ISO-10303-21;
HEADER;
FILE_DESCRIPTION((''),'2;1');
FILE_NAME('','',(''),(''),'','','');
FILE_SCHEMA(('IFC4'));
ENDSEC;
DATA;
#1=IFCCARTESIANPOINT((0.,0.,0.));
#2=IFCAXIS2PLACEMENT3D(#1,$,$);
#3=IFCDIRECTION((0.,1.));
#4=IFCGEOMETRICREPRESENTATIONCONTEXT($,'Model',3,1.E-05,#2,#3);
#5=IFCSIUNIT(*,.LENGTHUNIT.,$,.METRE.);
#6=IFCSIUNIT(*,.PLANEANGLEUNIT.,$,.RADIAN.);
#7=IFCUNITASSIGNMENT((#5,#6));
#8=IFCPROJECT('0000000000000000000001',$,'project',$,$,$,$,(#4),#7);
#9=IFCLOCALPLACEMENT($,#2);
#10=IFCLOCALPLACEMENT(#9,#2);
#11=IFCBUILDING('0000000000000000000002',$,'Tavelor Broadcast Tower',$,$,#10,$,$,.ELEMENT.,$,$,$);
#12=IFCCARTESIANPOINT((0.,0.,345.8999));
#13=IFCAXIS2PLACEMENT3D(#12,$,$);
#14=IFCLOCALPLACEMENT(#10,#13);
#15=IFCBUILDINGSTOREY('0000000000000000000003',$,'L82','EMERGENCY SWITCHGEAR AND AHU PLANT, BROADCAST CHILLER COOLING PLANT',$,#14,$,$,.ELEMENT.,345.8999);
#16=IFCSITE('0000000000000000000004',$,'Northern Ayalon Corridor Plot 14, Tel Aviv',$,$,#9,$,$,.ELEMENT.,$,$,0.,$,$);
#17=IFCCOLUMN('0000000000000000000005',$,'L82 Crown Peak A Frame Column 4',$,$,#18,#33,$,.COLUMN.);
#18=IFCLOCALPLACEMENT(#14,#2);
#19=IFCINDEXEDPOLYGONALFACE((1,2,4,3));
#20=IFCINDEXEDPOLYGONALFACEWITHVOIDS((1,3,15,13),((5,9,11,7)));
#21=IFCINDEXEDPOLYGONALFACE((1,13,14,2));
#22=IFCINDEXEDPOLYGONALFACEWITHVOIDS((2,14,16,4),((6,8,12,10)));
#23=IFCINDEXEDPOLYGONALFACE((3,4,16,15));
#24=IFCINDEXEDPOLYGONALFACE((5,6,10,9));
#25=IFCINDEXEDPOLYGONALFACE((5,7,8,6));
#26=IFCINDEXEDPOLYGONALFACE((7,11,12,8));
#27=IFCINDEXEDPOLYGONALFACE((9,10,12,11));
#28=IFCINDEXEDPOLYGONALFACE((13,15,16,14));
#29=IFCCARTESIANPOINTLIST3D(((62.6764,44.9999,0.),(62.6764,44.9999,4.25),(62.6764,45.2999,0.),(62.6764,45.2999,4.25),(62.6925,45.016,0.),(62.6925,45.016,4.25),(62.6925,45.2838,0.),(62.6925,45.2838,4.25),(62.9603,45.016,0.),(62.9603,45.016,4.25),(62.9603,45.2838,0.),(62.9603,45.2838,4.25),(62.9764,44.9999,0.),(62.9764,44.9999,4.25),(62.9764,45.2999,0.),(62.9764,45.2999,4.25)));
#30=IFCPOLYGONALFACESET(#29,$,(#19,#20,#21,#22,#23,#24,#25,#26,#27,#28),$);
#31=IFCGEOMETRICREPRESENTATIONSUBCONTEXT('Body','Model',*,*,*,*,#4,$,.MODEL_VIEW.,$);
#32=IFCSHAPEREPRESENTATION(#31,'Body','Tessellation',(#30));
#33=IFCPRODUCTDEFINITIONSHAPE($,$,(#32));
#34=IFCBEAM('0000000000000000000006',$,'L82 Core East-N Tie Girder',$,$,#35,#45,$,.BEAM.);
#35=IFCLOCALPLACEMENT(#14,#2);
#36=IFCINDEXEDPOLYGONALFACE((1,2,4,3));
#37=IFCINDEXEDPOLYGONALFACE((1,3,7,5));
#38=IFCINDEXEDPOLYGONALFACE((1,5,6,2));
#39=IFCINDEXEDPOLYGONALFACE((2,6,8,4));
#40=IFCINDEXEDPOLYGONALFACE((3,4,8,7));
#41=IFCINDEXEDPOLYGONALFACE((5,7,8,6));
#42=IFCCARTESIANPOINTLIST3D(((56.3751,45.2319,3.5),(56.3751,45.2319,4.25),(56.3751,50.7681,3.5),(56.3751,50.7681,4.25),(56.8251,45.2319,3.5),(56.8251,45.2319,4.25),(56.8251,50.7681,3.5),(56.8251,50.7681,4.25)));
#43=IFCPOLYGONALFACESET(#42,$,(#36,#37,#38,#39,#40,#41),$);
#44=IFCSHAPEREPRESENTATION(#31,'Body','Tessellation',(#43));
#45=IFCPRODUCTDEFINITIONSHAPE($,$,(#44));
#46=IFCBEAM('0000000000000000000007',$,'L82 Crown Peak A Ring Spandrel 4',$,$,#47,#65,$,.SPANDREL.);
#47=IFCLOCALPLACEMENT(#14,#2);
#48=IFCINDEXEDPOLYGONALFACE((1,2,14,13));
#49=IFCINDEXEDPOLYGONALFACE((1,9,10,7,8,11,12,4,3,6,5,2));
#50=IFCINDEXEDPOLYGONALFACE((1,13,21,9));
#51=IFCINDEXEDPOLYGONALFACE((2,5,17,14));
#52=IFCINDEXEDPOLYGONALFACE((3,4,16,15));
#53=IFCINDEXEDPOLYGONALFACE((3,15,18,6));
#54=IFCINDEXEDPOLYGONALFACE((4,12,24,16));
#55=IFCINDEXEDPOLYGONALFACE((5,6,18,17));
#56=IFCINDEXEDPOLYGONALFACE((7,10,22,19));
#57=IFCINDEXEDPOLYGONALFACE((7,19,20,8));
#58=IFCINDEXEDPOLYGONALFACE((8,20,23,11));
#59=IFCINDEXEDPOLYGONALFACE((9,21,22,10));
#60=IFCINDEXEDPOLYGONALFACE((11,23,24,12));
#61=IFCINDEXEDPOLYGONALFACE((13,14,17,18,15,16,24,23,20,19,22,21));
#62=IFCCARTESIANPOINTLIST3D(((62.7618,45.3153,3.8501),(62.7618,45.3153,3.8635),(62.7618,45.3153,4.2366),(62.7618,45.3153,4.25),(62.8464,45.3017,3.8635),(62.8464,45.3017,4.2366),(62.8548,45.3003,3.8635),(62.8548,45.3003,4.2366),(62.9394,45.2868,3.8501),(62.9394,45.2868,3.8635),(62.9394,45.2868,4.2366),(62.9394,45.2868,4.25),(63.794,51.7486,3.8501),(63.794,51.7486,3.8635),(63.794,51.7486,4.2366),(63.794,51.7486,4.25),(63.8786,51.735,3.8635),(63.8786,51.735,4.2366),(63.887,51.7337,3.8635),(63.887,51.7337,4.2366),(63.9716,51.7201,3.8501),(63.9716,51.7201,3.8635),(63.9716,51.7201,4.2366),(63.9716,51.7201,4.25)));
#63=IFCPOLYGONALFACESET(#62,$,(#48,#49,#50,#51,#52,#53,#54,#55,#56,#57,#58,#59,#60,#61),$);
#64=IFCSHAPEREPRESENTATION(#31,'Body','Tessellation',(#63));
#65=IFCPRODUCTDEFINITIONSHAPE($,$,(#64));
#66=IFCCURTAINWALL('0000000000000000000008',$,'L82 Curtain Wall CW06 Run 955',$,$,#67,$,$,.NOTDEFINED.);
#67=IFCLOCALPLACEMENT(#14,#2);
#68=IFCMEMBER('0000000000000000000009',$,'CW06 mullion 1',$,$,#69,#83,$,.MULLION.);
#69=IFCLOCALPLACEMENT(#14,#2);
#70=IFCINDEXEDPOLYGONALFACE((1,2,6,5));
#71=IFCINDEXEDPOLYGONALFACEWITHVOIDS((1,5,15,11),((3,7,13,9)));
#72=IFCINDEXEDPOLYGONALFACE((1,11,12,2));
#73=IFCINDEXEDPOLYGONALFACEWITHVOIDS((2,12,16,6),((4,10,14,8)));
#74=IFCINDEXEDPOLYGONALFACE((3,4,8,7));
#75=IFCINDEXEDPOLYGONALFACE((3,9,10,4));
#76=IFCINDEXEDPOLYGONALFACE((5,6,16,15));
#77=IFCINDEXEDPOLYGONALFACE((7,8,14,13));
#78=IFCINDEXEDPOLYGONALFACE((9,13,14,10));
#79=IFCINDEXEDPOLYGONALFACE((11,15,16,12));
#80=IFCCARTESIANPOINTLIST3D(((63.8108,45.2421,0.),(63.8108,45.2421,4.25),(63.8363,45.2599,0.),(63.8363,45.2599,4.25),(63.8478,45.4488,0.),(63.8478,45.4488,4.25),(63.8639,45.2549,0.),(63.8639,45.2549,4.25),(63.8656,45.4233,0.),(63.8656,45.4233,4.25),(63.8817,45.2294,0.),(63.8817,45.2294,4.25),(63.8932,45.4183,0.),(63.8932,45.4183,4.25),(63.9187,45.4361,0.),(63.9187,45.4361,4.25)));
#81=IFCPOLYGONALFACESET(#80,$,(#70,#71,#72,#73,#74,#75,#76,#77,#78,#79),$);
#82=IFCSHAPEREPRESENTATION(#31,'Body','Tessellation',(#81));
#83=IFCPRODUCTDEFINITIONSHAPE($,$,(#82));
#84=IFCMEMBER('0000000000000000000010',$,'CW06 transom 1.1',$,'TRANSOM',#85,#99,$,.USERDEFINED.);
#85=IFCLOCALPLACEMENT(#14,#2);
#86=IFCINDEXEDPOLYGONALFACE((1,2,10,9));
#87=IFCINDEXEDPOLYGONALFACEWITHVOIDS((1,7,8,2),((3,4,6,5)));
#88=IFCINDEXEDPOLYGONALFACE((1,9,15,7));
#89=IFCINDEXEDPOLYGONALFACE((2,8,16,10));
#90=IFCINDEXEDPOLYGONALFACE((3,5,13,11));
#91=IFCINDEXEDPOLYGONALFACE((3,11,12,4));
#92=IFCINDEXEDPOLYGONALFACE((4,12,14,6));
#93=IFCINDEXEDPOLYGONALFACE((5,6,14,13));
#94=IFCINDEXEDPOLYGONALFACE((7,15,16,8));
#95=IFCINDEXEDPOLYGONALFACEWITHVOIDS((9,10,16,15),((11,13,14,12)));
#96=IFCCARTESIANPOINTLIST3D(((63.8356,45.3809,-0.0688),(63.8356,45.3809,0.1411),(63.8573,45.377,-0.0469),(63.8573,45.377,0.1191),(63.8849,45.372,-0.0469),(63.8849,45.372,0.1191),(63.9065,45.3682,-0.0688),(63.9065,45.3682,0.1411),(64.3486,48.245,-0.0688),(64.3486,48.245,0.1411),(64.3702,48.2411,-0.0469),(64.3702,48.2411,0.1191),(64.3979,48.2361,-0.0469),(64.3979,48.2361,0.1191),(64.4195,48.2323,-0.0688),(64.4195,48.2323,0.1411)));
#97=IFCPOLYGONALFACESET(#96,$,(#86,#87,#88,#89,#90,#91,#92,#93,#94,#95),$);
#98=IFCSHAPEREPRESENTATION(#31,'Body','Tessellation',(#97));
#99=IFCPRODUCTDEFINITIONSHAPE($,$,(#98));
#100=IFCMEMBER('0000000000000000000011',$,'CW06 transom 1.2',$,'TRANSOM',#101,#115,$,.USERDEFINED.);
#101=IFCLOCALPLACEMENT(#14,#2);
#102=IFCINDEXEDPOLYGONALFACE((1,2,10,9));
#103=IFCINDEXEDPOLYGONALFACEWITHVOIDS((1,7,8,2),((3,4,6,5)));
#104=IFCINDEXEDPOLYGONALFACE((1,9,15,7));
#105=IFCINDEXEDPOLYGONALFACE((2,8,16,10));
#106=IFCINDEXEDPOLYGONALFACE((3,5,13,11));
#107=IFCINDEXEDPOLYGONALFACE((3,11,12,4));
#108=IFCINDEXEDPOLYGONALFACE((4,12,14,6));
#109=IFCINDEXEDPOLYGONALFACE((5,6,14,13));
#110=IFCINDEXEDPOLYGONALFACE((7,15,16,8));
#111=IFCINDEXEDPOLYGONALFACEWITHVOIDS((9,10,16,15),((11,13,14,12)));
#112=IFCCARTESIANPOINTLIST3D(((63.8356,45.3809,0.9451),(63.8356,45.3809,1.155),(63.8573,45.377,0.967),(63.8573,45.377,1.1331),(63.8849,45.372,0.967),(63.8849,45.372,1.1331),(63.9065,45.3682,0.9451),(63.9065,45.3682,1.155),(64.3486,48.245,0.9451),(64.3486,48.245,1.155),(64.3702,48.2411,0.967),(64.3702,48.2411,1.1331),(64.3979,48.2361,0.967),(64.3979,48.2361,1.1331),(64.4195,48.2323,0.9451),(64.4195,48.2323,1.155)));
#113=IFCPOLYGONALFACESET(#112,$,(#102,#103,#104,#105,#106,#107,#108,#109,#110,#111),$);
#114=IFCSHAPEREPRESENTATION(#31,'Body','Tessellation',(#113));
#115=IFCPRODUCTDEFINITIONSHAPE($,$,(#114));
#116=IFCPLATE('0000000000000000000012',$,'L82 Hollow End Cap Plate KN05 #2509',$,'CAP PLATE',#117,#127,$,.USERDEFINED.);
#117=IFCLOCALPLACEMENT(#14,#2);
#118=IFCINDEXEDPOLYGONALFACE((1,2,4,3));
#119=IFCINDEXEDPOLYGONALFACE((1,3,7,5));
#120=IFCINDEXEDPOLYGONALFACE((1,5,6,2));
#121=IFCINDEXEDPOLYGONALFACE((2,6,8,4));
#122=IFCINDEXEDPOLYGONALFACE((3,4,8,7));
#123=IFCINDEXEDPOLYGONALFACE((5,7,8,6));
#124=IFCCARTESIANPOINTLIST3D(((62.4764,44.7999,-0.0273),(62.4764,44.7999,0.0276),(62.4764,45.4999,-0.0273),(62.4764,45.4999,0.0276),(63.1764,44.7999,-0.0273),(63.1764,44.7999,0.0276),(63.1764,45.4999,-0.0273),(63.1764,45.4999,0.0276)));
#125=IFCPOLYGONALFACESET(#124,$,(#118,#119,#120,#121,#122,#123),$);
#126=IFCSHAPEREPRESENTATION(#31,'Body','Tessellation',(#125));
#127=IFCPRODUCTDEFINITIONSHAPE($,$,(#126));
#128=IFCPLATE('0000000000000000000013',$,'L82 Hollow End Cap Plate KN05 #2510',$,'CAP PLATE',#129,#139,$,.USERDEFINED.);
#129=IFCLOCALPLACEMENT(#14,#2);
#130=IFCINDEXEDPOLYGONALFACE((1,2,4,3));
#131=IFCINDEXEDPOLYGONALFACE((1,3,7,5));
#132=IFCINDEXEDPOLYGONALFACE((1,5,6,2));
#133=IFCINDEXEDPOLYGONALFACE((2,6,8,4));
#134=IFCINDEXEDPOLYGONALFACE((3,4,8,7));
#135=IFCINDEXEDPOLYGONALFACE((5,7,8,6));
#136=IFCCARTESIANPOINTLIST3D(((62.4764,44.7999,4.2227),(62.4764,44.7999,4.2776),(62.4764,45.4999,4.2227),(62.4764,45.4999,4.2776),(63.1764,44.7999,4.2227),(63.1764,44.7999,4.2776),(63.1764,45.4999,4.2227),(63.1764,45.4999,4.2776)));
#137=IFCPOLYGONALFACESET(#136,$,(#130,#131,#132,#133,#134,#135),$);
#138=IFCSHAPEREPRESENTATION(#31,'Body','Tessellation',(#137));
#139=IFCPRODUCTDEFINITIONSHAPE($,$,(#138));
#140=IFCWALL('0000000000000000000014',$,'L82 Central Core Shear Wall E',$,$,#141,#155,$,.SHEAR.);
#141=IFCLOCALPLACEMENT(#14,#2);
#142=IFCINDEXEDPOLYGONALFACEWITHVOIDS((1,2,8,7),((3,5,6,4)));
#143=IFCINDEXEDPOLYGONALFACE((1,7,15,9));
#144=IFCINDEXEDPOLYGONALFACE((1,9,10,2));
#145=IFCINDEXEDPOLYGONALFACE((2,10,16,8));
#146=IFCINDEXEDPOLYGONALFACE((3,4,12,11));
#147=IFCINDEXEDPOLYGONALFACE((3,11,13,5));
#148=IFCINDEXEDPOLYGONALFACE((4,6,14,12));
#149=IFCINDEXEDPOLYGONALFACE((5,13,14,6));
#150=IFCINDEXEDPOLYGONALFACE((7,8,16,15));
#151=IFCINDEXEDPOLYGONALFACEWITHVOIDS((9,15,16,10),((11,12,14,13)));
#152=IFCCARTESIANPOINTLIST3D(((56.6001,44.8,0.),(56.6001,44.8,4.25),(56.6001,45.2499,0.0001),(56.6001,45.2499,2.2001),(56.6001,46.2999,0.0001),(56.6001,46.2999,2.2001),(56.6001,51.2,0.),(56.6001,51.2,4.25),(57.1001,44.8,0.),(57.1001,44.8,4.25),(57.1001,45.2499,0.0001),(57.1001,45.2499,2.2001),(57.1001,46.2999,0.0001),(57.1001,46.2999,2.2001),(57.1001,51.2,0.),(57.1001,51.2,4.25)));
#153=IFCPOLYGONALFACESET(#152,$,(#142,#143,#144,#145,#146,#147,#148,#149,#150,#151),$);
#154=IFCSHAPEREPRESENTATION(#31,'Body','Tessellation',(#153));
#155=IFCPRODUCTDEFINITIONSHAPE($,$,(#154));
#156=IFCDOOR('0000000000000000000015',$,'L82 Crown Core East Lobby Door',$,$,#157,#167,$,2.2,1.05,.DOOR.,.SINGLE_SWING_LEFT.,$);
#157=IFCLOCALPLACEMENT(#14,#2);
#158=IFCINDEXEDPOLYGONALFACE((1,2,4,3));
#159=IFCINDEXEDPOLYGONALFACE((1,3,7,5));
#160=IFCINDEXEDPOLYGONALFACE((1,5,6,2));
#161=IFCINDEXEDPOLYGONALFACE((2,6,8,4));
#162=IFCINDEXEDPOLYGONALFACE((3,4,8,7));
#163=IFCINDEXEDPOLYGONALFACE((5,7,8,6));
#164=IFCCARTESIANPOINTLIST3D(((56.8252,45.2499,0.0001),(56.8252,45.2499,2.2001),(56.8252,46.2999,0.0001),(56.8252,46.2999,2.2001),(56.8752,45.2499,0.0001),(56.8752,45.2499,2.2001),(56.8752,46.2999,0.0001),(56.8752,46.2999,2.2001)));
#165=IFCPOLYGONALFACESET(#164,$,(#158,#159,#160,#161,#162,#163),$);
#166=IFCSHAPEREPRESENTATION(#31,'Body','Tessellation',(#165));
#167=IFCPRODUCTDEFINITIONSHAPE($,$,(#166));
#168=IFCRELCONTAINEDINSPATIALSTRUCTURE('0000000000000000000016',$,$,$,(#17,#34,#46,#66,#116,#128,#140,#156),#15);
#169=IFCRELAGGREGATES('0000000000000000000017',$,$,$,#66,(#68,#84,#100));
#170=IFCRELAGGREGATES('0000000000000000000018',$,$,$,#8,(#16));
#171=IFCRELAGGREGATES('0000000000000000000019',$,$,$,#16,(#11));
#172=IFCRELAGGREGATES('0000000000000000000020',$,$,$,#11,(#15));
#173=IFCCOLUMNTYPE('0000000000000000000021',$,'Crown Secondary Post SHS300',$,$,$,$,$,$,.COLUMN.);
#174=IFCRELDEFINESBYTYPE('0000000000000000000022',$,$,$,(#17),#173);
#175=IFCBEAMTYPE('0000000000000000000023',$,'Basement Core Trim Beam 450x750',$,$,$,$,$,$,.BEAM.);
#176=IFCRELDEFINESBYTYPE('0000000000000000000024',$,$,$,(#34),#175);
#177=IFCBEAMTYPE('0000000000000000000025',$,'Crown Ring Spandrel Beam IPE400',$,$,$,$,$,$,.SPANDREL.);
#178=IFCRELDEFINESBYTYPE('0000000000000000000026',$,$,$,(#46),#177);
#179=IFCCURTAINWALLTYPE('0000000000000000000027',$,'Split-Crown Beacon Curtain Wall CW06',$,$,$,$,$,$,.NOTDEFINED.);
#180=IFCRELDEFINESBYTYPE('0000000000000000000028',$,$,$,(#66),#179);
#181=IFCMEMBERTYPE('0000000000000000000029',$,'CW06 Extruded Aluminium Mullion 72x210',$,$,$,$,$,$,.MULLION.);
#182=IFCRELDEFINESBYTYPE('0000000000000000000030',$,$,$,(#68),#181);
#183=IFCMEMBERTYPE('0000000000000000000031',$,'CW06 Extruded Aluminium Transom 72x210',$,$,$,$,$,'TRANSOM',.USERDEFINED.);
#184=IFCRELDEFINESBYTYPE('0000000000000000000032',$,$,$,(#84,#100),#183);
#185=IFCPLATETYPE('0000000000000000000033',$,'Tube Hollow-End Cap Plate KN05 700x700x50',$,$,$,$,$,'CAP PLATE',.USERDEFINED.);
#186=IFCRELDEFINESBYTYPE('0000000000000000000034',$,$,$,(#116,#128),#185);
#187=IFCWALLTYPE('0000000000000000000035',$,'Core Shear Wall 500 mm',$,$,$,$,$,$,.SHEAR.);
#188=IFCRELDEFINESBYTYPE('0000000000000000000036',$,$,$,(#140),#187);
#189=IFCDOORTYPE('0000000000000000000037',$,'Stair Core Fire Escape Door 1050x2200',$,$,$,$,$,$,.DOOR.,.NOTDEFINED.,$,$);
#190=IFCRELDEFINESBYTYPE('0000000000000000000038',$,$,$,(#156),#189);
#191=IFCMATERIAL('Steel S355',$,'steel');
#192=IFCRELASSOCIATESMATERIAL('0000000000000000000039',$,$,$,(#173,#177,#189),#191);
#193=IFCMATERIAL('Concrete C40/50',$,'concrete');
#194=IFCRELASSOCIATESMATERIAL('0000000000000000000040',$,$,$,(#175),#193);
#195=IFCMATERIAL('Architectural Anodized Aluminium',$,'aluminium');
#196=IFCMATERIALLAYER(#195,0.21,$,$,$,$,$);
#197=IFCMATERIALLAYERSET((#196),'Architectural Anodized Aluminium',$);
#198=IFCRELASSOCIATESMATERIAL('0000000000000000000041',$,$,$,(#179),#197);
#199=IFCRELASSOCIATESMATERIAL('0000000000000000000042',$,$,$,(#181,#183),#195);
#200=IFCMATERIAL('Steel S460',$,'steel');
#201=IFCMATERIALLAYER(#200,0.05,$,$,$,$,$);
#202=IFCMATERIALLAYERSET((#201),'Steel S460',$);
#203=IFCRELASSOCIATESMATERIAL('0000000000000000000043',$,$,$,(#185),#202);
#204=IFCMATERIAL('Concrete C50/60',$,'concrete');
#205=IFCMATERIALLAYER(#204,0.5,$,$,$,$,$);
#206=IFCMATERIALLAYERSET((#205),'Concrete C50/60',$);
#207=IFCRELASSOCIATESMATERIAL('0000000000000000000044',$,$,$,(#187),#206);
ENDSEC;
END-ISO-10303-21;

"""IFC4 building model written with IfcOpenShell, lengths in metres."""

from ifc_helpers import new_model, si_unit, direction, frame, frame_2d, origin, origin_2d, place, context, subcontext, project, spatial, rectangle, hollow_rectangle, i_section, extrude, source, transform, mapped, material, layer, layer_set, material_profile, profile_set, type_object, type_shapes, element, fill, aggregate, save


model = new_model("IFC4")

# Units and contexts
model_context = context("Model", 3, precision=1e-05, world=origin(), true_north=direction((0.0, 1.0)))
body_context = subcontext(model_context, "Body", "Model", "MODEL_VIEW")
ifc_project = project(units=[si_unit("LENGTHUNIT", "METRE"), si_unit("PLANEANGLEUNIT", "RADIAN")], contexts=[model_context])

# Site, building, storey
site_placement = place(None, origin())
site = spatial("IfcSite", under=ifc_project, at=site_placement, Name="Northern Ayalon Corridor Plot 14, Tel Aviv", CompositionType="ELEMENT", RefElevation=0.0)
building_placement = place(site_placement, origin())
building = spatial("IfcBuilding", under=site, at=building_placement, Name="Tavelor Broadcast Tower", CompositionType="ELEMENT")
storey_placement = place(building_placement, frame((0.0, 0.0, 345.8999)))
storey = spatial("IfcBuildingStorey", under=building, at=storey_placement, Name="L82", Description="EMERGENCY SWITCHGEAR AND AHU PLANT, BROADCAST CHILLER COOLING PLANT", CompositionType="ELEMENT", Elevation=345.8999)

# Column
ifc_material_1 = material(Name="Steel S355", Category="steel")
ifc_material_profile_1 = material_profile(ifc_material_1, hollow_rectangle(XDim=0.3, YDim=0.3, WallThickness=0.0161, at=origin_2d()), Name="SHS 300x300x16")
ifc_profile_set_1 = profile_set([ifc_material_profile_1], Name="Steel S355")
column_type = type_object("IfcColumnType", Name="Crown Secondary Post SHS300", PredefinedType="COLUMN", material=ifc_profile_set_1)
column_placement = place(storey_placement, frame((62.8264, 45.1499, 0.0), z_axis=(0.0, 0.0, 1.0), x_axis=(1.0, 0.0, 0.0)))
element("IfcColumn", 1, at=column_placement, inside=storey, type_object=column_type, Name="L82 Crown Peak A Frame Column 4", PredefinedType="COLUMN", context=body_context, shape_type="SweptSolid", body=[
    extrude(hollow_rectangle(XDim=0.3, YDim=0.3, WallThickness=0.0161, at=origin_2d()), origin(), (0.0, 0.0, 1.0), 4.25),
])

# Beams
ifc_material_2 = material(Name="Concrete C40/50", Category="concrete")
ifc_material_profile_2 = material_profile(ifc_material_2, rectangle(XDim=0.45, YDim=0.75, at=origin_2d()), Name="RC 450x750")
ifc_profile_set_2 = profile_set([ifc_material_profile_2], Name="Concrete C40/50")
beam_type_1 = type_object("IfcBeamType", Name="Basement Core Trim Beam 450x750", PredefinedType="BEAM", material=ifc_profile_set_2)
beam_1_placement = place(storey_placement, frame((56.6001, 45.2319, 3.875), z_axis=(0.0, 1.0, 0.0), x_axis=(-1.0, 0.0, 0.0)))
element("IfcBeam", 2, at=beam_1_placement, inside=storey, type_object=beam_type_1, Name="L82 Core East-N Tie Girder", PredefinedType="BEAM", context=body_context, shape_type="SweptSolid", body=[
    extrude(rectangle(XDim=0.45, YDim=0.75, at=origin_2d()), origin(), (0.0, 0.0, 1.0), 5.5361),
])
ifc_material_profile_3 = material_profile(ifc_material_1, i_section(OverallWidth=0.1799, OverallDepth=0.3999, WebThickness=0.0085, FlangeThickness=0.0134, at=origin_2d()), Name="IPE 400")
ifc_profile_set_3 = profile_set([ifc_material_profile_3], Name="Steel S355")
beam_type_2 = type_object("IfcBeamType", Name="Crown Ring Spandrel Beam IPE400", PredefinedType="SPANDREL", material=ifc_profile_set_3)
beam_2_placement = place(storey_placement, frame((62.8506, 45.301, 4.05), z_axis=(0.158423, 0.987371, 0.0), x_axis=(-0.987371, 0.158423, 0.0)))
element("IfcBeam", 3, at=beam_2_placement, inside=storey, type_object=beam_type_2, Name="L82 Crown Peak A Ring Spandrel 4", PredefinedType="SPANDREL", context=body_context, shape_type="SweptSolid", body=[
    extrude(i_section(OverallWidth=0.1799, OverallDepth=0.3999, WebThickness=0.0085, FlangeThickness=0.0134, at=origin_2d()), origin(), (0.0, 0.0, 1.0), 6.5156),
])

# Curtain wall, members
ifc_material_3 = material(Name="Architectural Anodized Aluminium", Category="aluminium")
ifc_layer_1 = layer(ifc_material_3, 0.21)
ifc_layer_set_1 = layer_set([ifc_layer_1], Name="Architectural Anodized Aluminium")
curtain_wall_type = type_object("IfcCurtainWallType", Name="Split-Crown Beacon Curtain Wall CW06", PredefinedType="NOTDEFINED", material=ifc_layer_set_1)
curtain_wall_placement = place(storey_placement, origin())
curtain_wall = element("IfcCurtainWall", 4, at=curtain_wall_placement, inside=storey, type_object=curtain_wall_type, Name="L82 Curtain Wall CW06 Run 955", PredefinedType="NOTDEFINED")
ifc_material_profile_4 = material_profile(ifc_material_3, hollow_rectangle(XDim=0.072, YDim=0.21, WallThickness=0.022, at=origin_2d()), Name="RHS 72x210x22")
ifc_profile_set_4 = profile_set([ifc_material_profile_4], Name="Architectural Anodized Aluminium")
member_type_1 = type_object("IfcMemberType", Name="CW06 Extruded Aluminium Mullion 72x210", PredefinedType="MULLION", material=ifc_profile_set_4)
shared_shape_1 = source(origin(), body_context, "Body", "SweptSolid", [
    extrude(hollow_rectangle(XDim=0.072, YDim=0.21, WallThickness=0.022, at=origin_2d()), origin(), (0.0, 0.0, 1.0), 4.25),
])
type_shapes(member_type_1, [shared_shape_1])
member_1_placement = place(storey_placement, frame((63.8647, 45.3391, 0.0), z_axis=(0.0, 0.0, 1.0), x_axis=(-0.984343, 0.176266, 0.0)))
member_1 = element("IfcMember", 5, at=member_1_placement, type_object=member_type_1, Name="CW06 mullion 1", PredefinedType="MULLION", context=body_context, shape_type="MappedRepresentation", body=[
    mapped(shared_shape_1, transform((0.0, 0.0, 0.0), scale=1.0)),
])
ifc_material_profile_5 = material_profile(ifc_material_3, hollow_rectangle(XDim=0.072, YDim=0.21, WallThickness=0.022, at=origin_2d()), Name="RHS 72x210x22")
ifc_profile_set_5 = profile_set([ifc_material_profile_5], Name="Architectural Anodized Aluminium")
member_type_2 = type_object("IfcMemberType", Name="CW06 Extruded Aluminium Transom 72x210", ElementType="TRANSOM", PredefinedType="USERDEFINED", material=ifc_profile_set_5)
shared_shape_2 = source(origin(), body_context, "Body", "SweptSolid", [
    extrude(hollow_rectangle(XDim=0.072, YDim=0.21, WallThickness=0.022, at=origin_2d()), origin(), (0.0, 0.0, 1.0), 2.9097),
])
type_shapes(member_type_2, [shared_shape_2])
member_2_placement = place(storey_placement, frame((63.8711, 45.3745, 0.0361), z_axis=(0.176293, 0.984338, 0.0), x_axis=(-0.984338, 0.176293, 0.0)))
member_2 = element("IfcMember", 6, at=member_2_placement, type_object=member_type_2, Name="CW06 transom 1.1", ObjectType="TRANSOM", PredefinedType="USERDEFINED", context=body_context, shape_type="MappedRepresentation", body=[
    mapped(shared_shape_2, transform((0.0, 0.0, 0.0), scale=1.0)),
])
member_3_placement = place(storey_placement, frame((63.8711, 45.3745, 1.05), z_axis=(0.176293, 0.984338, 0.0), x_axis=(-0.984338, 0.176293, 0.0)))
member_3 = element("IfcMember", 7, at=member_3_placement, type_object=member_type_2, Name="CW06 transom 1.2", ObjectType="TRANSOM", PredefinedType="USERDEFINED", context=body_context, shape_type="MappedRepresentation", body=[
    mapped(shared_shape_2, transform((0.0, 0.0, 0.0), scale=1.0)),
])
aggregate(curtain_wall, [member_1, member_2, member_3])

# Plates
ifc_material_4 = material(Name="Steel S460", Category="steel")
ifc_layer_2 = layer(ifc_material_4, 0.05)
ifc_layer_set_2 = layer_set([ifc_layer_2], Name="Steel S460")
plate_type = type_object("IfcPlateType", Name="Tube Hollow-End Cap Plate KN05 700x700x50", ElementType="CAP PLATE", PredefinedType="USERDEFINED", material=ifc_layer_set_2)
shared_shape_3 = source(origin(), body_context, "Body", "SweptSolid", [
    extrude(rectangle(XDim=0.7, YDim=0.7, at=origin_2d()), origin(), (0.0, 0.0, 1.0), 0.0549),
])
type_shapes(plate_type, [shared_shape_3])
for number, where, z_axis, x_axis, name in (
    (8, (62.8264, 45.1499, -0.0273), (0.0, 0.0, 1.0), (1.0, 0.0, 0.0), "L82 Hollow End Cap Plate KN05 #2509"),
    (9, (62.8264, 45.1499, 4.2227), (0.0, 0.0, 1.0), (1.0, 0.0, 0.0), "L82 Hollow End Cap Plate KN05 #2510"),
):
    element("IfcPlate", number, at=place(storey_placement, frame(where, z_axis=z_axis, x_axis=x_axis)), inside=storey, type_object=plate_type, Name=name, ObjectType="CAP PLATE", PredefinedType="USERDEFINED", context=body_context, shape_type="MappedRepresentation", body=[
        mapped(shared_shape_3, transform((0.0, 0.0, 0.0), scale=1.0)),
    ])

# Wall, opening, door
ifc_material_5 = material(Name="Concrete C50/60", Category="concrete")
ifc_layer_3 = layer(ifc_material_5, 0.5)
ifc_layer_set_3 = layer_set([ifc_layer_3], Name="Concrete C50/60")
wall_type_1 = type_object("IfcWallType", Name="Core Shear Wall 500 mm", PredefinedType="SHEAR", material=ifc_layer_set_3)
wall_1_placement = place(storey_placement, frame((56.8501, 44.8, 0.0), z_axis=(0.0, 0.0, 1.0), x_axis=(0.0, 1.0, 0.0)))
wall_1 = element("IfcWall", 10, at=wall_1_placement, inside=storey, type_object=wall_type_1, Name="L82 Central Core Shear Wall E", PredefinedType="SHEAR", context=body_context, shape_type="SweptSolid", body=[
    extrude(rectangle(XDim=6.3999, YDim=0.5, at=frame_2d((3.2, 0.0))), origin(), (0.0, 0.0, 1.0), 4.25),
])
opening_1_placement = place(wall_1_placement, frame((0.45, 0.0, 0.0)))
opening_1 = element("IfcOpeningElement", 11, at=opening_1_placement, cuts=wall_1, PredefinedType="OPENING", context=body_context, shape_type="SweptSolid", body=[
    extrude(rectangle(XDim=1.05, YDim=2.2, at=frame_2d((0.5249, 1.1001))), frame((0.0, 0.26, 0.0), z_axis=(0.0, -1.0, 0.0), x_axis=(1.0, 0.0, 0.0)), (0.0, 0.0, 1.0), 0.52),
])
door_type = type_object("IfcDoorType", Name="Stair Core Fire Escape Door 1050x2200", OperationType="NOTDEFINED", PredefinedType="DOOR", material=ifc_material_1)
door_1_placement = place(opening_1_placement, origin())
door_1 = element("IfcDoor", 12, at=door_1_placement, inside=storey, type_object=door_type, Name="L82 Crown Core East Lobby Door", OperationType="SINGLE_SWING_LEFT", OverallHeight=2.2, OverallWidth=1.05, PredefinedType="DOOR", context=body_context, shape_type="SweptSolid", body=[
    extrude(rectangle(XDim=1.05, YDim=2.2, at=frame_2d((0.5249, 1.1001))), frame((0.0, 0.0249, 0.0), z_axis=(0.0, -1.0, 0.0), x_axis=(1.0, 0.0, 0.0)), (0.0, 0.0, 1.0), 0.05),
])
fill(opening_1, door_1)

save(model, "model.ifc")
